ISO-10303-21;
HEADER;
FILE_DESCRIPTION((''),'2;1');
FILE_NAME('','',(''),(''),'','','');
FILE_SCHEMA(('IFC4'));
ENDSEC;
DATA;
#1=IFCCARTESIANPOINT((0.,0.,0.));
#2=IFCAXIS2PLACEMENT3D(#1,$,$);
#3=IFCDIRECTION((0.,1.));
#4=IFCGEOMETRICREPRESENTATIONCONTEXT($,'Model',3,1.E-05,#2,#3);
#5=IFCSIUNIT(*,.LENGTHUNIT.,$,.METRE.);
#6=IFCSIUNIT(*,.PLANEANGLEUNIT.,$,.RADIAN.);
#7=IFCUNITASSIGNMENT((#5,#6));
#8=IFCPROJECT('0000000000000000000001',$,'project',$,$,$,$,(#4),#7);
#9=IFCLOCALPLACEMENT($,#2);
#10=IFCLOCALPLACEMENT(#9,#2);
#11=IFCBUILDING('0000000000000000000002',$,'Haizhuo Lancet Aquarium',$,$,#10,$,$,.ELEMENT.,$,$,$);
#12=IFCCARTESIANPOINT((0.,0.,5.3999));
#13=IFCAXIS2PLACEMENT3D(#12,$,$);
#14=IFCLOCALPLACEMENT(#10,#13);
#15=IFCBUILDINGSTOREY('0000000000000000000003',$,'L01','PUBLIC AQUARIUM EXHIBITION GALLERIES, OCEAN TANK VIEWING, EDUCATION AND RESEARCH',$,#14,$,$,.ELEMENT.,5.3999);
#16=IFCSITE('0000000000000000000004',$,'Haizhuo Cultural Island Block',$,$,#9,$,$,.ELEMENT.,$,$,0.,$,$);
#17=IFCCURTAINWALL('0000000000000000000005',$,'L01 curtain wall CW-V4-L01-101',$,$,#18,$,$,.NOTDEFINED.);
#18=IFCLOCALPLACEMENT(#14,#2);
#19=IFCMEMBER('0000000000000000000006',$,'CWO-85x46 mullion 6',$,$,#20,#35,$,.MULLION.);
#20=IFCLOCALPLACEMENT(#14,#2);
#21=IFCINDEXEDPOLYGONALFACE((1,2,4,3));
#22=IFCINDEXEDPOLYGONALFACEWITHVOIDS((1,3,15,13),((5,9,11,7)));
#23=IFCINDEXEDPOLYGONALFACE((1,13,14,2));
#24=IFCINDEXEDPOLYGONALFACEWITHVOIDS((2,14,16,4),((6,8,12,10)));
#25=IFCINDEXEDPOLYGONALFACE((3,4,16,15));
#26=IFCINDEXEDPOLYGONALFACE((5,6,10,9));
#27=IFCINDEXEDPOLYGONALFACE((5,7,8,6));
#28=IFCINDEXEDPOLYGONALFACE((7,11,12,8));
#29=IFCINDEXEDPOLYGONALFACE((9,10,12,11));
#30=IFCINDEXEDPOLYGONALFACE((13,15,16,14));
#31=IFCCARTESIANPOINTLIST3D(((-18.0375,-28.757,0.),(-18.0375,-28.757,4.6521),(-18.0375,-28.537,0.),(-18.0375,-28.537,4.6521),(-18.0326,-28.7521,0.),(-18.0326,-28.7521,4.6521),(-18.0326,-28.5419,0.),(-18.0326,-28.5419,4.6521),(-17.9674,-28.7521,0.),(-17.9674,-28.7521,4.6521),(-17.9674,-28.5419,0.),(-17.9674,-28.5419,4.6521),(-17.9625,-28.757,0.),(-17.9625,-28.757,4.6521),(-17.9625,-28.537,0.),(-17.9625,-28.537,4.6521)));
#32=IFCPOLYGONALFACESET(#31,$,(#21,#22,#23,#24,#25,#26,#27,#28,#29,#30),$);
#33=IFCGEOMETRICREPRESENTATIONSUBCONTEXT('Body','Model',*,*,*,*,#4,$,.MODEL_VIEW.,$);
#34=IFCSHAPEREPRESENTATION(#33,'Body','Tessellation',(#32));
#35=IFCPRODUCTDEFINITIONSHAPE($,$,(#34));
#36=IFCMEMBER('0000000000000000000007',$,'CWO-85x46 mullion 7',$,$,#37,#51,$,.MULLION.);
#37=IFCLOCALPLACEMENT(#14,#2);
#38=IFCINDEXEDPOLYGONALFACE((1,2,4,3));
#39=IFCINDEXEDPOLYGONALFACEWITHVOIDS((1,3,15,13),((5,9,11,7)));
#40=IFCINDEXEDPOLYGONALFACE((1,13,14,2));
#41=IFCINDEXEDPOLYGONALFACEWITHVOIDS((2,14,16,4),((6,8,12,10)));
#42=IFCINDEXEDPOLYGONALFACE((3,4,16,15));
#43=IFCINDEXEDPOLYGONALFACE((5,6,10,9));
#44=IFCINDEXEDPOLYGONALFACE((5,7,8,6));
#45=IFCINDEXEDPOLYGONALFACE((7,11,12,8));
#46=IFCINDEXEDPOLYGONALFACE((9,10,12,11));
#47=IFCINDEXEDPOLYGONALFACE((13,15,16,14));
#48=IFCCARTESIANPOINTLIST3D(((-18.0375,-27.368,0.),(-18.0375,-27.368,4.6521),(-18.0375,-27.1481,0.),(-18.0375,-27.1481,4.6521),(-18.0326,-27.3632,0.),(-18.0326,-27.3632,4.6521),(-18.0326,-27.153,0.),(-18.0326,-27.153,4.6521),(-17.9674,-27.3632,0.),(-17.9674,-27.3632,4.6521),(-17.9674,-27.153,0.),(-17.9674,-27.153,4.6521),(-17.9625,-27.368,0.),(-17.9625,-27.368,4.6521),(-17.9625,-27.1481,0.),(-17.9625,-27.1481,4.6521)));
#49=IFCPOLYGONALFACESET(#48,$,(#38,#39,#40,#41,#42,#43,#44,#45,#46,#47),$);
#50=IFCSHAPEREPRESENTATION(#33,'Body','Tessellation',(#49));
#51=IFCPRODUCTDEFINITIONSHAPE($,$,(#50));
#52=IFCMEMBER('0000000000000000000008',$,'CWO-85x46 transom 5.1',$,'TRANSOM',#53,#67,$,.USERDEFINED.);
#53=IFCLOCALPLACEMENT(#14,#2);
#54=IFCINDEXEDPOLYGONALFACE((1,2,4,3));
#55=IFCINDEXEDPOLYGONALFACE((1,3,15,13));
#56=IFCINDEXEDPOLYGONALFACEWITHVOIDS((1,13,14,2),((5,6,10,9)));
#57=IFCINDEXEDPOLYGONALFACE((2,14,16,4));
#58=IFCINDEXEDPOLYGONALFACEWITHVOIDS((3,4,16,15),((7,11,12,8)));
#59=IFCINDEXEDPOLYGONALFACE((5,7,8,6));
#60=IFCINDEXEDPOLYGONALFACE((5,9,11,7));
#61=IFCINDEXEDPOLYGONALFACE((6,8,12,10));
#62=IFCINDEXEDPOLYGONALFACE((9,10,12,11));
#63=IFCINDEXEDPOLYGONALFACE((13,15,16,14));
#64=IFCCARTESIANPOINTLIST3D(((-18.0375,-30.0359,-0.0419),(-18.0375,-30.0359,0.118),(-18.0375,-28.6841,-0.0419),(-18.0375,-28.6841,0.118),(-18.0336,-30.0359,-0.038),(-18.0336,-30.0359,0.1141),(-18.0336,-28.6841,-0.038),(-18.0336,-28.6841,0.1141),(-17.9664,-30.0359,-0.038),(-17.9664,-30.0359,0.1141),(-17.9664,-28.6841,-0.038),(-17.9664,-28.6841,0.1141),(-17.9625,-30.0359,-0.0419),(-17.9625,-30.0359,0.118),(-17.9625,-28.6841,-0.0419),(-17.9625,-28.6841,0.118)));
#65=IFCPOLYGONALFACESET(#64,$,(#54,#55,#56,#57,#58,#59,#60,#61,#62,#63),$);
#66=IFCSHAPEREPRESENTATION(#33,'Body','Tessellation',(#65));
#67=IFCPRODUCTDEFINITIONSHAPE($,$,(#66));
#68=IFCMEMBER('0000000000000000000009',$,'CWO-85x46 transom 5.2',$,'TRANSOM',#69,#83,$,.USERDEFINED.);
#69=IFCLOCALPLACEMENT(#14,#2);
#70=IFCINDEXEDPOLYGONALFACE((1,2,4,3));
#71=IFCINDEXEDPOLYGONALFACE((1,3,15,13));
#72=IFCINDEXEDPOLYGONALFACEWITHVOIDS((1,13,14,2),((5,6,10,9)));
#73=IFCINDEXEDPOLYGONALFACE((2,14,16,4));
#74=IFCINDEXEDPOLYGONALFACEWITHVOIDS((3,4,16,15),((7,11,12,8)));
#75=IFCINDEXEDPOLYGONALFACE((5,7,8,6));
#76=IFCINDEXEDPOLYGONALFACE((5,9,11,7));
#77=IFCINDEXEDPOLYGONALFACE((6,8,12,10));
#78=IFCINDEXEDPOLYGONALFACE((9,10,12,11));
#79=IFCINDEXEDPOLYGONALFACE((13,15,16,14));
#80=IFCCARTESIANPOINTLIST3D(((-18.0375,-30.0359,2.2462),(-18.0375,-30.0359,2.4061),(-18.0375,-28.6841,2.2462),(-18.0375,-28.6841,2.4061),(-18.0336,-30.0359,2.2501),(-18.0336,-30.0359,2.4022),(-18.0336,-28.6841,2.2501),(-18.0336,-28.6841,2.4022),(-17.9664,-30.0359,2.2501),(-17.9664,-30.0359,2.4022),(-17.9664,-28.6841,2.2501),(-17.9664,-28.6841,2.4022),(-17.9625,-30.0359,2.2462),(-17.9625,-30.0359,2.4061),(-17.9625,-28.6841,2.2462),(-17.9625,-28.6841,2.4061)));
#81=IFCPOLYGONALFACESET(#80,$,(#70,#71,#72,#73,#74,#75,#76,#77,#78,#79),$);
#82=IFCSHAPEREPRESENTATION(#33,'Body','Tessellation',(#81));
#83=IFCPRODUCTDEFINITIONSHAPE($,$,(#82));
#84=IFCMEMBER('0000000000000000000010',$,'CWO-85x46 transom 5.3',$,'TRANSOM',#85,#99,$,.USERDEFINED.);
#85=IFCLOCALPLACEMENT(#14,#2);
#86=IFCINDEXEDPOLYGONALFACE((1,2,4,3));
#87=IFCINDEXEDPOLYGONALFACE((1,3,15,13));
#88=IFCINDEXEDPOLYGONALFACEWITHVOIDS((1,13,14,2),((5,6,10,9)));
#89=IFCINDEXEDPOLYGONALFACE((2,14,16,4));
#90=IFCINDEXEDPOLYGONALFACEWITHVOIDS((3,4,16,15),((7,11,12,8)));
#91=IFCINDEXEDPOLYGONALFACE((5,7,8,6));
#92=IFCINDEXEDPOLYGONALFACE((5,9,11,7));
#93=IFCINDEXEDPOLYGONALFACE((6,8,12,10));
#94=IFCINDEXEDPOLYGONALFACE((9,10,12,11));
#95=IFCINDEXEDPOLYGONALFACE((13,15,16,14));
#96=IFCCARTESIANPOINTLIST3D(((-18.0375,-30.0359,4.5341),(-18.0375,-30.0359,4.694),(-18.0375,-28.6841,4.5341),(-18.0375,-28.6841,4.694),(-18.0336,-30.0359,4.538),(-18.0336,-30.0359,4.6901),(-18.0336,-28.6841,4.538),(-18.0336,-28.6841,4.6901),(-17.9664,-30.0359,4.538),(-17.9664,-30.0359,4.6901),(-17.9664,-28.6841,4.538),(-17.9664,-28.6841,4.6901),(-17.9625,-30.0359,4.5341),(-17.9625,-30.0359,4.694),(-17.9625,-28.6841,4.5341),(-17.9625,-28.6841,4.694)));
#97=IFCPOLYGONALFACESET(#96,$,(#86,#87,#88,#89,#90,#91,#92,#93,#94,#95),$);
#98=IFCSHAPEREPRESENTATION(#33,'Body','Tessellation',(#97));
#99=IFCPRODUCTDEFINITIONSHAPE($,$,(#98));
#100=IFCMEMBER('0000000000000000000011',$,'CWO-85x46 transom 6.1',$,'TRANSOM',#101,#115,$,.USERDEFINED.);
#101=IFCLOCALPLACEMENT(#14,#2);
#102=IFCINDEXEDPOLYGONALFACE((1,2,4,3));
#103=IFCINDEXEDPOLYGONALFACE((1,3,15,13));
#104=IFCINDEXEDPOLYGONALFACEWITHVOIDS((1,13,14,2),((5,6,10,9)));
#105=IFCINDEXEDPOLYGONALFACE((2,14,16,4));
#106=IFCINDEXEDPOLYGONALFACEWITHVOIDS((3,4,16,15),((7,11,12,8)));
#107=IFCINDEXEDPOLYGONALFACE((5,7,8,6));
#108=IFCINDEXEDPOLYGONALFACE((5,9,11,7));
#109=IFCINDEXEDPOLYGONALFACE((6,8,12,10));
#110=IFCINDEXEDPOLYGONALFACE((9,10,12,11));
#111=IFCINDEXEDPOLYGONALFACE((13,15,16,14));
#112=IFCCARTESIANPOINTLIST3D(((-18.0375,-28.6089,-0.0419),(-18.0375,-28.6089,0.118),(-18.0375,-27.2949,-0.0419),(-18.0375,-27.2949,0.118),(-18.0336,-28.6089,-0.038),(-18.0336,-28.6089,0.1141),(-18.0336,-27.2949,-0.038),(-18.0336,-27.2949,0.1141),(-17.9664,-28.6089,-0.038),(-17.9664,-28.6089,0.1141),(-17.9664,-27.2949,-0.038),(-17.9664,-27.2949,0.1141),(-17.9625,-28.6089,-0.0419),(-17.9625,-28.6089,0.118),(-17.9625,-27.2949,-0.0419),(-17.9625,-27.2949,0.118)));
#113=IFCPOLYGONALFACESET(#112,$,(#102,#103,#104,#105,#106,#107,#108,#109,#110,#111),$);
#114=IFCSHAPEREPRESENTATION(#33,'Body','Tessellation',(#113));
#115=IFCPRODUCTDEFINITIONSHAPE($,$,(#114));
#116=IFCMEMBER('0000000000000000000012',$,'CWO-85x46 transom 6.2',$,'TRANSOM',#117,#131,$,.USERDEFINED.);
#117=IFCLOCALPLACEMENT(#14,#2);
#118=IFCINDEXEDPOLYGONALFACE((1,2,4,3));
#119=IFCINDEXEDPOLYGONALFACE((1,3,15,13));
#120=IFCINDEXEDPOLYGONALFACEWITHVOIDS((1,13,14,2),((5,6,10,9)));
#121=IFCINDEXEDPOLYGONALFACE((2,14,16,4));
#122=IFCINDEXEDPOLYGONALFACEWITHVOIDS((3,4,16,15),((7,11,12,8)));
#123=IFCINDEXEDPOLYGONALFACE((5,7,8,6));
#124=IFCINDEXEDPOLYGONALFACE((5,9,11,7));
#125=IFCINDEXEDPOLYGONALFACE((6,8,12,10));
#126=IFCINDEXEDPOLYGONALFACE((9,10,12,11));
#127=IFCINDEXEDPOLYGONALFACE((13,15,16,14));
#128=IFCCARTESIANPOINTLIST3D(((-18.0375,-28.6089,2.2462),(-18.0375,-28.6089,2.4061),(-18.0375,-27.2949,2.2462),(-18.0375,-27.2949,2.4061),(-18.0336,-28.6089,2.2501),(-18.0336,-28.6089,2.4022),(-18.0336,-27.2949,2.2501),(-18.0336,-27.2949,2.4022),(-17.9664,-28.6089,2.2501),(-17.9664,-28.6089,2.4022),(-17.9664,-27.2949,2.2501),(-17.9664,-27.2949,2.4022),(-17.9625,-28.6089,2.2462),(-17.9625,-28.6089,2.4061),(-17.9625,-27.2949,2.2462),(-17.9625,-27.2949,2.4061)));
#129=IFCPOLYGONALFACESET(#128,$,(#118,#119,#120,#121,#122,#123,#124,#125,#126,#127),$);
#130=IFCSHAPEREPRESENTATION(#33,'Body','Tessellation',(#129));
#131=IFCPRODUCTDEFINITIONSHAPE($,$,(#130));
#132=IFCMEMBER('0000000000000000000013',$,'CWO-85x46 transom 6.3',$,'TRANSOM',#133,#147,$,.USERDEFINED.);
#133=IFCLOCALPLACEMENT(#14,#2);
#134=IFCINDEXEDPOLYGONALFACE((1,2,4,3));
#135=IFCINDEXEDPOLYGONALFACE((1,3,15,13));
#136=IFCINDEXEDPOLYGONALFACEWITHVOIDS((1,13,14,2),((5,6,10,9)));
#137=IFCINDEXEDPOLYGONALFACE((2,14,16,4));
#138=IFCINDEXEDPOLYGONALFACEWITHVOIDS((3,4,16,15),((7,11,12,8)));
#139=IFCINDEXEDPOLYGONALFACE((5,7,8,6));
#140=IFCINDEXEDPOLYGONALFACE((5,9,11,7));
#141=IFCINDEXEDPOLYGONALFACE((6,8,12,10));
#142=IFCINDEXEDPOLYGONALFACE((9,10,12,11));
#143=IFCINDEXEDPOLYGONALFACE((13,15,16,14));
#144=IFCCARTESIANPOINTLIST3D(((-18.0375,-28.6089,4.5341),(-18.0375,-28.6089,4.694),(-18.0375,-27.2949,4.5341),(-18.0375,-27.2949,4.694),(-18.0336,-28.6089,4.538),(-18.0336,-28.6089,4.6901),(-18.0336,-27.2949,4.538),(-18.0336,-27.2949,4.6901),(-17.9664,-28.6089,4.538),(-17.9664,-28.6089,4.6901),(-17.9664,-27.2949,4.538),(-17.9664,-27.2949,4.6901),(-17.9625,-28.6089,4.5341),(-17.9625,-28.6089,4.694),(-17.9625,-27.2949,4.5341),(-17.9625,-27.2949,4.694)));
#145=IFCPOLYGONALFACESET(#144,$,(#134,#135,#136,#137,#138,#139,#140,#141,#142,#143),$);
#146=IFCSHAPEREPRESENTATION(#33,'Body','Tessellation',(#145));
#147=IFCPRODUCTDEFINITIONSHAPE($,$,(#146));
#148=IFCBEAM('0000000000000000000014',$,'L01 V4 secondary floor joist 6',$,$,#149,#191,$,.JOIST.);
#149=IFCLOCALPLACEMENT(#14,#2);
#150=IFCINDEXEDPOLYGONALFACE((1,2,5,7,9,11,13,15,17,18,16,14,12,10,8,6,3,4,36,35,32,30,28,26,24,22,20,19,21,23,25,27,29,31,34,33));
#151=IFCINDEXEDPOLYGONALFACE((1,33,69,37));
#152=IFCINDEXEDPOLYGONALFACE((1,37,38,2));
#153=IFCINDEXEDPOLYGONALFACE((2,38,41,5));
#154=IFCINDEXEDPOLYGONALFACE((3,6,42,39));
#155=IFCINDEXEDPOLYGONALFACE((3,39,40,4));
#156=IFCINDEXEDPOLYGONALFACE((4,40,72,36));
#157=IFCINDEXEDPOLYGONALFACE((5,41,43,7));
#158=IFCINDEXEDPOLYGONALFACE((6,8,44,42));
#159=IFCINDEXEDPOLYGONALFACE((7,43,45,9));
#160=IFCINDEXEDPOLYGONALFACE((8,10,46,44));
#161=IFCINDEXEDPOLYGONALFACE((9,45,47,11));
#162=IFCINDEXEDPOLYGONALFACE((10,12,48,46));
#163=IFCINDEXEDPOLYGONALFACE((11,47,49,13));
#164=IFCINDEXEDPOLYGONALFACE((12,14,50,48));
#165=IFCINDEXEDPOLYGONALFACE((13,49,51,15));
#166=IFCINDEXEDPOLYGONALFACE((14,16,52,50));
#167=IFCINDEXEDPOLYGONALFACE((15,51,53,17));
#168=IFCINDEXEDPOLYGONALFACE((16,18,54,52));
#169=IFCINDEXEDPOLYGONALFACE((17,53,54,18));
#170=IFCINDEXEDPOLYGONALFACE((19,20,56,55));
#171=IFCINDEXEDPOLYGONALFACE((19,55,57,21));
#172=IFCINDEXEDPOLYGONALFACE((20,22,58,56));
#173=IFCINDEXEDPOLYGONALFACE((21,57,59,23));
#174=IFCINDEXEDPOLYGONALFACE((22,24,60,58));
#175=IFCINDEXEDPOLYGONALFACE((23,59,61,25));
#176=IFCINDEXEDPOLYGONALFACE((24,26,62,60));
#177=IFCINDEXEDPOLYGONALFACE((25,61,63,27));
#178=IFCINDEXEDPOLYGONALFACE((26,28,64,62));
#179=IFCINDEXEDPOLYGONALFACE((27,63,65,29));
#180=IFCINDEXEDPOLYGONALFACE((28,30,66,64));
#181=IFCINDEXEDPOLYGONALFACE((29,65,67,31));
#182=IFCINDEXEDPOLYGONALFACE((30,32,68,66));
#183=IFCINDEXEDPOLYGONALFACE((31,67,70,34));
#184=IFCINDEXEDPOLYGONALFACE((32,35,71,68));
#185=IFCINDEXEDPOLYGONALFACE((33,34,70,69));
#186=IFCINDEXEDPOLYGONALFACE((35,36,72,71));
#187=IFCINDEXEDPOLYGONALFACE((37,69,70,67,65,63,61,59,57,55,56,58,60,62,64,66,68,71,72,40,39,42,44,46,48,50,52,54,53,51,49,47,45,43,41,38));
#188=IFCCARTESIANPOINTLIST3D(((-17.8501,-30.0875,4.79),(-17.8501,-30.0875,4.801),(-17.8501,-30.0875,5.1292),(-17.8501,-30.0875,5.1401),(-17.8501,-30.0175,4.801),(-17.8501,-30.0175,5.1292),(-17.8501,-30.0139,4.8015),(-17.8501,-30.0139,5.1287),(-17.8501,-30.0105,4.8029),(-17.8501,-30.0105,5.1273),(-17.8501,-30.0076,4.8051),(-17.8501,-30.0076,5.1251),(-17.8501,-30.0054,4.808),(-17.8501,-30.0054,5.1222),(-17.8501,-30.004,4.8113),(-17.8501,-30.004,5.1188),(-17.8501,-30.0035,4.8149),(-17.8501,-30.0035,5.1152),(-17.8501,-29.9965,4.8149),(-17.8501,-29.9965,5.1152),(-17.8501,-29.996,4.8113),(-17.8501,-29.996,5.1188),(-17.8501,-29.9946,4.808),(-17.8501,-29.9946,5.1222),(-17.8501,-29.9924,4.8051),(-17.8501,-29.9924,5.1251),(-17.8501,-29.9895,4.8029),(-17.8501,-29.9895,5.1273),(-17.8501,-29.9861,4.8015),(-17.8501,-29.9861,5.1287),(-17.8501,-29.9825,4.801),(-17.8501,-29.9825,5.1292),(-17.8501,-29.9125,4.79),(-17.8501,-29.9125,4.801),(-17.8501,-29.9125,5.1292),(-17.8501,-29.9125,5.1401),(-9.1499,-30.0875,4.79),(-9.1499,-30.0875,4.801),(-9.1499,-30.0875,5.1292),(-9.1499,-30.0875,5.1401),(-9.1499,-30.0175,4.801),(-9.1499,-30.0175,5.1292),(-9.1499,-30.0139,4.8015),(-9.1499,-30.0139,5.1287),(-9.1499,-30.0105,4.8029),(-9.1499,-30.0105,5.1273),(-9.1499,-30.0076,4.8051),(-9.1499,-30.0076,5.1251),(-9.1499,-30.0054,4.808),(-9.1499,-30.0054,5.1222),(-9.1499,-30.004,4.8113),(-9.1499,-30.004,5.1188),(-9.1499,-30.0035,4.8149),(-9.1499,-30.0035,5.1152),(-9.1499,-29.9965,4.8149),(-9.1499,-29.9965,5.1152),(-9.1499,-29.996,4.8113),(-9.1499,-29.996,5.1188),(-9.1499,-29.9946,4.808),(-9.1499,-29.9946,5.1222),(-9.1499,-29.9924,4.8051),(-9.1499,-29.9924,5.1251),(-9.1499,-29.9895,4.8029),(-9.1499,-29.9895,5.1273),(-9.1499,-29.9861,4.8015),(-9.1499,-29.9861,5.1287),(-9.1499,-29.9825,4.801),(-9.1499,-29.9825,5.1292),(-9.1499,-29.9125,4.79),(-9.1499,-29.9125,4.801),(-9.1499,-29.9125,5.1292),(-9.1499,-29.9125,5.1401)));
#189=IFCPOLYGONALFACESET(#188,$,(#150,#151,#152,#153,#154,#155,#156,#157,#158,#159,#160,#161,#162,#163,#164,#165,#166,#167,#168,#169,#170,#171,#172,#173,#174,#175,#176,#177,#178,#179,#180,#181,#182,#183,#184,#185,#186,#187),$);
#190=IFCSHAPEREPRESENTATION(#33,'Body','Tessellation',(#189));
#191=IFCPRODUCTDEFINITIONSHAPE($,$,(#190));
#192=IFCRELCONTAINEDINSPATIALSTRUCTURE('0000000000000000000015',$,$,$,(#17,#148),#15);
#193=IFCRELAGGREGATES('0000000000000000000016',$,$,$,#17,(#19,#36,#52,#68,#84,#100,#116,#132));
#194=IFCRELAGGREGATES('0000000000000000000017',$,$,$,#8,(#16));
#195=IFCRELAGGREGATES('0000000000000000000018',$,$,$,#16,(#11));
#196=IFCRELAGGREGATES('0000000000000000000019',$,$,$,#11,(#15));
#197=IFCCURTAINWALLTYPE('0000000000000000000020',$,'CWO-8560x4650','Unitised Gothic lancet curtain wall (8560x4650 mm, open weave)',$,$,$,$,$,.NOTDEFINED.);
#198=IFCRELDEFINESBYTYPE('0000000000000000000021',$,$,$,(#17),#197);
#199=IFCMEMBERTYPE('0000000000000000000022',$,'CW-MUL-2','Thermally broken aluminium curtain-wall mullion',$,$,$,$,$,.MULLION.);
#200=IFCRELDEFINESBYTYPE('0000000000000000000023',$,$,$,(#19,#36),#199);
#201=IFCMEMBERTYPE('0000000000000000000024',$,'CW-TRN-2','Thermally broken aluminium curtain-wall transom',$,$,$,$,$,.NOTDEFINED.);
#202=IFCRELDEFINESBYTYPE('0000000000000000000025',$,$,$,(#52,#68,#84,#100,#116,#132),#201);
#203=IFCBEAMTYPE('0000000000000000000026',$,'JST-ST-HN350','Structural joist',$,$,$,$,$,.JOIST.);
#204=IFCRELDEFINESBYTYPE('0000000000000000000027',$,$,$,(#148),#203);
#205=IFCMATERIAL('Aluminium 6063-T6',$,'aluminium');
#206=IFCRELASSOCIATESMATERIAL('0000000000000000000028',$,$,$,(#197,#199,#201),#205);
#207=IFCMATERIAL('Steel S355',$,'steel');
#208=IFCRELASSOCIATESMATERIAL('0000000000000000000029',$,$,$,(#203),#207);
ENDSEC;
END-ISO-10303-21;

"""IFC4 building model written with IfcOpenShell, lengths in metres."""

from ifc_helpers import new_model, si_unit, direction, frame, origin, origin_2d, place, context, subcontext, project, spatial, hollow_rectangle, i_section, extrude, material, material_profile, profile_set, type_object, element, aggregate, save


model = new_model("IFC4")

# Units and contexts
model_context = context("Model", 3, precision=1e-05, world=origin(), true_north=direction((0.0, 1.0)))
body_context = subcontext(model_context, "Body", "Model", "MODEL_VIEW")
ifc_project = project(units=[si_unit("LENGTHUNIT", "METRE"), si_unit("PLANEANGLEUNIT", "RADIAN")], contexts=[model_context])

# Site, building, storey
site_placement = place(None, origin())
site = spatial("IfcSite", under=ifc_project, at=site_placement, Name="Haizhuo Cultural Island Block", CompositionType="ELEMENT", RefElevation=0.0)
building_placement = place(site_placement, origin())
building = spatial("IfcBuilding", under=site, at=building_placement, Name="Haizhuo Lancet Aquarium", CompositionType="ELEMENT")
storey_placement = place(building_placement, frame((0.0, 0.0, 5.3999)))
storey = spatial("IfcBuildingStorey", under=building, at=storey_placement, Name="L01", Description="PUBLIC AQUARIUM EXHIBITION GALLERIES, OCEAN TANK VIEWING, EDUCATION AND RESEARCH", CompositionType="ELEMENT", Elevation=5.3999)

# Curtain wall, members
ifc_material_1 = material(Name="Aluminium 6063-T6", Category="aluminium")
curtain_wall_type = type_object("IfcCurtainWallType", Name="CWO-8560x4650", Description="Unitised Gothic lancet curtain wall (8560x4650 mm, open weave)", PredefinedType="NOTDEFINED", material=ifc_material_1)
curtain_wall_placement = place(storey_placement, origin())
curtain_wall = element("IfcCurtainWall", 1, at=curtain_wall_placement, inside=storey, type_object=curtain_wall_type, Name="L01 curtain wall CW-V4-L01-101", PredefinedType="NOTDEFINED")
ifc_material_profile_1 = material_profile(ifc_material_1, hollow_rectangle(XDim=0.075, YDim=0.22, WallThickness=0.0049, at=origin_2d()), Name="ALU-M 75x220x5")
ifc_profile_set_1 = profile_set([ifc_material_profile_1], Name="Aluminium 6063-T6")
member_type_1 = type_object("IfcMemberType", Name="CW-MUL-2", Description="Thermally broken aluminium curtain-wall mullion", PredefinedType="MULLION", material=ifc_profile_set_1)
member_1_placement = place(storey_placement, frame((-18.0, -28.647, 0.0), z_axis=(0.0, 0.0, 1.0), x_axis=(-1.0, 0.0, 0.0)))
member_1 = element("IfcMember", 2, at=member_1_placement, type_object=member_type_1, Name="CWO-85x46 mullion 6", PredefinedType="MULLION", context=body_context, shape_type="SweptSolid", body=[
    extrude(hollow_rectangle(XDim=0.075, YDim=0.22, WallThickness=0.0049, at=origin_2d()), origin(), (0.0, 0.0, 1.0), 4.6521),
])
member_2_placement = place(storey_placement, frame((-18.0, -27.2581, 0.0), z_axis=(0.0, 0.0, 1.0), x_axis=(-1.0, 0.0, 0.0)))
member_2 = element("IfcMember", 3, at=member_2_placement, type_object=member_type_1, Name="CWO-85x46 mullion 7", PredefinedType="MULLION", context=body_context, shape_type="SweptSolid", body=[
    extrude(hollow_rectangle(XDim=0.075, YDim=0.22, WallThickness=0.0049, at=origin_2d()), origin(), (0.0, 0.0, 1.0), 4.6521),
])
ifc_material_profile_2 = material_profile(ifc_material_1, hollow_rectangle(XDim=0.075, YDim=0.1599, WallThickness=0.0039, at=origin_2d()), Name="ALU-T 75x160x4")
ifc_profile_set_2 = profile_set([ifc_material_profile_2], Name="Aluminium 6063-T6")
member_type_2 = type_object("IfcMemberType", Name="CW-TRN-2", Description="Thermally broken aluminium curtain-wall transom", PredefinedType="NOTDEFINED", material=ifc_profile_set_2)
member_3_placement = place(storey_placement, frame((-18.0, -30.0359, 0.0381), z_axis=(0.0, 1.0, 0.0), x_axis=(-1.0, 0.0, 0.0)))
member_3 = element("IfcMember", 4, at=member_3_placement, type_object=member_type_2, Name="CWO-85x46 transom 5.1", ObjectType="TRANSOM", PredefinedType="USERDEFINED", context=body_context, shape_type="SweptSolid", body=[
    extrude(hollow_rectangle(XDim=0.075, YDim=0.1599, WallThickness=0.0039, at=origin_2d()), origin(), (0.0, 0.0, 1.0), 1.3518),
])
member_4_placement = place(storey_placement, frame((-18.0, -30.0359, 2.3262), z_axis=(0.0, 1.0, 0.0), x_axis=(-1.0, 0.0, 0.0)))
member_4 = element("IfcMember", 5, at=member_4_placement, type_object=member_type_2, Name="CWO-85x46 transom 5.2", ObjectType="TRANSOM", PredefinedType="USERDEFINED", context=body_context, shape_type="SweptSolid", body=[
    extrude(hollow_rectangle(XDim=0.075, YDim=0.1599, WallThickness=0.0039, at=origin_2d()), origin(), (0.0, 0.0, 1.0), 1.3518),
])
member_5_placement = place(storey_placement, frame((-18.0, -30.0359, 4.614), z_axis=(0.0, 1.0, 0.0), x_axis=(-1.0, 0.0, 0.0)))
member_5 = element("IfcMember", 6, at=member_5_placement, type_object=member_type_2, Name="CWO-85x46 transom 5.3", ObjectType="TRANSOM", PredefinedType="USERDEFINED", context=body_context, shape_type="SweptSolid", body=[
    extrude(hollow_rectangle(XDim=0.075, YDim=0.1599, WallThickness=0.0039, at=origin_2d()), origin(), (0.0, 0.0, 1.0), 1.3518),
])
member_6_placement = place(storey_placement, frame((-18.0, -28.6089, 0.0381), z_axis=(0.0, 1.0, 0.0), x_axis=(-1.0, 0.0, 0.0)))
member_6 = element("IfcMember", 7, at=member_6_placement, type_object=member_type_2, Name="CWO-85x46 transom 6.1", ObjectType="TRANSOM", PredefinedType="USERDEFINED", context=body_context, shape_type="SweptSolid", body=[
    extrude(hollow_rectangle(XDim=0.075, YDim=0.1599, WallThickness=0.0039, at=origin_2d()), origin(), (0.0, 0.0, 1.0), 1.314),
])
member_7_placement = place(storey_placement, frame((-18.0, -28.6089, 2.3262), z_axis=(0.0, 1.0, 0.0), x_axis=(-1.0, 0.0, 0.0)))
member_7 = element("IfcMember", 8, at=member_7_placement, type_object=member_type_2, Name="CWO-85x46 transom 6.2", ObjectType="TRANSOM", PredefinedType="USERDEFINED", context=body_context, shape_type="SweptSolid", body=[
    extrude(hollow_rectangle(XDim=0.075, YDim=0.1599, WallThickness=0.0039, at=origin_2d()), origin(), (0.0, 0.0, 1.0), 1.314),
])
member_8_placement = place(storey_placement, frame((-18.0, -28.6089, 4.614), z_axis=(0.0, 1.0, 0.0), x_axis=(-1.0, 0.0, 0.0)))
member_8 = element("IfcMember", 9, at=member_8_placement, type_object=member_type_2, Name="CWO-85x46 transom 6.3", ObjectType="TRANSOM", PredefinedType="USERDEFINED", context=body_context, shape_type="SweptSolid", body=[
    extrude(hollow_rectangle(XDim=0.075, YDim=0.1599, WallThickness=0.0039, at=origin_2d()), origin(), (0.0, 0.0, 1.0), 1.314),
])

# Beam
ifc_material_2 = material(Name="Steel S355", Category="steel")
ifc_material_profile_3 = material_profile(ifc_material_2, i_section(OverallWidth=0.175, OverallDepth=0.3501, WebThickness=0.0071, FlangeThickness=0.011, FilletRadius=0.0139, at=origin_2d()), Name="HN 350x175x7x11")
ifc_profile_set_3 = profile_set([ifc_material_profile_3], Name="Steel S355")
beam_type = type_object("IfcBeamType", Name="JST-ST-HN350", Description="Structural joist", PredefinedType="JOIST", material=ifc_profile_set_3)
beam_placement = place(storey_placement, frame((-17.8501, -30.0, 4.9651), z_axis=(1.0, 0.0, 0.0), x_axis=(0.0, 1.0, 0.0)))
element("IfcBeam", 10, at=beam_placement, inside=storey, type_object=beam_type, Name="L01 V4 secondary floor joist 6", PredefinedType="JOIST", context=body_context, shape_type="SweptSolid", body=[
    extrude(i_section(OverallWidth=0.175, OverallDepth=0.3501, WebThickness=0.0071, FlangeThickness=0.011, FilletRadius=0.0139, at=origin_2d()), origin(), (0.0, 0.0, 1.0), 8.7002),
])

aggregate(curtain_wall, [member_1, member_2, member_3, member_4, member_5, member_6, member_7, member_8])

save(model, "model.ifc")
